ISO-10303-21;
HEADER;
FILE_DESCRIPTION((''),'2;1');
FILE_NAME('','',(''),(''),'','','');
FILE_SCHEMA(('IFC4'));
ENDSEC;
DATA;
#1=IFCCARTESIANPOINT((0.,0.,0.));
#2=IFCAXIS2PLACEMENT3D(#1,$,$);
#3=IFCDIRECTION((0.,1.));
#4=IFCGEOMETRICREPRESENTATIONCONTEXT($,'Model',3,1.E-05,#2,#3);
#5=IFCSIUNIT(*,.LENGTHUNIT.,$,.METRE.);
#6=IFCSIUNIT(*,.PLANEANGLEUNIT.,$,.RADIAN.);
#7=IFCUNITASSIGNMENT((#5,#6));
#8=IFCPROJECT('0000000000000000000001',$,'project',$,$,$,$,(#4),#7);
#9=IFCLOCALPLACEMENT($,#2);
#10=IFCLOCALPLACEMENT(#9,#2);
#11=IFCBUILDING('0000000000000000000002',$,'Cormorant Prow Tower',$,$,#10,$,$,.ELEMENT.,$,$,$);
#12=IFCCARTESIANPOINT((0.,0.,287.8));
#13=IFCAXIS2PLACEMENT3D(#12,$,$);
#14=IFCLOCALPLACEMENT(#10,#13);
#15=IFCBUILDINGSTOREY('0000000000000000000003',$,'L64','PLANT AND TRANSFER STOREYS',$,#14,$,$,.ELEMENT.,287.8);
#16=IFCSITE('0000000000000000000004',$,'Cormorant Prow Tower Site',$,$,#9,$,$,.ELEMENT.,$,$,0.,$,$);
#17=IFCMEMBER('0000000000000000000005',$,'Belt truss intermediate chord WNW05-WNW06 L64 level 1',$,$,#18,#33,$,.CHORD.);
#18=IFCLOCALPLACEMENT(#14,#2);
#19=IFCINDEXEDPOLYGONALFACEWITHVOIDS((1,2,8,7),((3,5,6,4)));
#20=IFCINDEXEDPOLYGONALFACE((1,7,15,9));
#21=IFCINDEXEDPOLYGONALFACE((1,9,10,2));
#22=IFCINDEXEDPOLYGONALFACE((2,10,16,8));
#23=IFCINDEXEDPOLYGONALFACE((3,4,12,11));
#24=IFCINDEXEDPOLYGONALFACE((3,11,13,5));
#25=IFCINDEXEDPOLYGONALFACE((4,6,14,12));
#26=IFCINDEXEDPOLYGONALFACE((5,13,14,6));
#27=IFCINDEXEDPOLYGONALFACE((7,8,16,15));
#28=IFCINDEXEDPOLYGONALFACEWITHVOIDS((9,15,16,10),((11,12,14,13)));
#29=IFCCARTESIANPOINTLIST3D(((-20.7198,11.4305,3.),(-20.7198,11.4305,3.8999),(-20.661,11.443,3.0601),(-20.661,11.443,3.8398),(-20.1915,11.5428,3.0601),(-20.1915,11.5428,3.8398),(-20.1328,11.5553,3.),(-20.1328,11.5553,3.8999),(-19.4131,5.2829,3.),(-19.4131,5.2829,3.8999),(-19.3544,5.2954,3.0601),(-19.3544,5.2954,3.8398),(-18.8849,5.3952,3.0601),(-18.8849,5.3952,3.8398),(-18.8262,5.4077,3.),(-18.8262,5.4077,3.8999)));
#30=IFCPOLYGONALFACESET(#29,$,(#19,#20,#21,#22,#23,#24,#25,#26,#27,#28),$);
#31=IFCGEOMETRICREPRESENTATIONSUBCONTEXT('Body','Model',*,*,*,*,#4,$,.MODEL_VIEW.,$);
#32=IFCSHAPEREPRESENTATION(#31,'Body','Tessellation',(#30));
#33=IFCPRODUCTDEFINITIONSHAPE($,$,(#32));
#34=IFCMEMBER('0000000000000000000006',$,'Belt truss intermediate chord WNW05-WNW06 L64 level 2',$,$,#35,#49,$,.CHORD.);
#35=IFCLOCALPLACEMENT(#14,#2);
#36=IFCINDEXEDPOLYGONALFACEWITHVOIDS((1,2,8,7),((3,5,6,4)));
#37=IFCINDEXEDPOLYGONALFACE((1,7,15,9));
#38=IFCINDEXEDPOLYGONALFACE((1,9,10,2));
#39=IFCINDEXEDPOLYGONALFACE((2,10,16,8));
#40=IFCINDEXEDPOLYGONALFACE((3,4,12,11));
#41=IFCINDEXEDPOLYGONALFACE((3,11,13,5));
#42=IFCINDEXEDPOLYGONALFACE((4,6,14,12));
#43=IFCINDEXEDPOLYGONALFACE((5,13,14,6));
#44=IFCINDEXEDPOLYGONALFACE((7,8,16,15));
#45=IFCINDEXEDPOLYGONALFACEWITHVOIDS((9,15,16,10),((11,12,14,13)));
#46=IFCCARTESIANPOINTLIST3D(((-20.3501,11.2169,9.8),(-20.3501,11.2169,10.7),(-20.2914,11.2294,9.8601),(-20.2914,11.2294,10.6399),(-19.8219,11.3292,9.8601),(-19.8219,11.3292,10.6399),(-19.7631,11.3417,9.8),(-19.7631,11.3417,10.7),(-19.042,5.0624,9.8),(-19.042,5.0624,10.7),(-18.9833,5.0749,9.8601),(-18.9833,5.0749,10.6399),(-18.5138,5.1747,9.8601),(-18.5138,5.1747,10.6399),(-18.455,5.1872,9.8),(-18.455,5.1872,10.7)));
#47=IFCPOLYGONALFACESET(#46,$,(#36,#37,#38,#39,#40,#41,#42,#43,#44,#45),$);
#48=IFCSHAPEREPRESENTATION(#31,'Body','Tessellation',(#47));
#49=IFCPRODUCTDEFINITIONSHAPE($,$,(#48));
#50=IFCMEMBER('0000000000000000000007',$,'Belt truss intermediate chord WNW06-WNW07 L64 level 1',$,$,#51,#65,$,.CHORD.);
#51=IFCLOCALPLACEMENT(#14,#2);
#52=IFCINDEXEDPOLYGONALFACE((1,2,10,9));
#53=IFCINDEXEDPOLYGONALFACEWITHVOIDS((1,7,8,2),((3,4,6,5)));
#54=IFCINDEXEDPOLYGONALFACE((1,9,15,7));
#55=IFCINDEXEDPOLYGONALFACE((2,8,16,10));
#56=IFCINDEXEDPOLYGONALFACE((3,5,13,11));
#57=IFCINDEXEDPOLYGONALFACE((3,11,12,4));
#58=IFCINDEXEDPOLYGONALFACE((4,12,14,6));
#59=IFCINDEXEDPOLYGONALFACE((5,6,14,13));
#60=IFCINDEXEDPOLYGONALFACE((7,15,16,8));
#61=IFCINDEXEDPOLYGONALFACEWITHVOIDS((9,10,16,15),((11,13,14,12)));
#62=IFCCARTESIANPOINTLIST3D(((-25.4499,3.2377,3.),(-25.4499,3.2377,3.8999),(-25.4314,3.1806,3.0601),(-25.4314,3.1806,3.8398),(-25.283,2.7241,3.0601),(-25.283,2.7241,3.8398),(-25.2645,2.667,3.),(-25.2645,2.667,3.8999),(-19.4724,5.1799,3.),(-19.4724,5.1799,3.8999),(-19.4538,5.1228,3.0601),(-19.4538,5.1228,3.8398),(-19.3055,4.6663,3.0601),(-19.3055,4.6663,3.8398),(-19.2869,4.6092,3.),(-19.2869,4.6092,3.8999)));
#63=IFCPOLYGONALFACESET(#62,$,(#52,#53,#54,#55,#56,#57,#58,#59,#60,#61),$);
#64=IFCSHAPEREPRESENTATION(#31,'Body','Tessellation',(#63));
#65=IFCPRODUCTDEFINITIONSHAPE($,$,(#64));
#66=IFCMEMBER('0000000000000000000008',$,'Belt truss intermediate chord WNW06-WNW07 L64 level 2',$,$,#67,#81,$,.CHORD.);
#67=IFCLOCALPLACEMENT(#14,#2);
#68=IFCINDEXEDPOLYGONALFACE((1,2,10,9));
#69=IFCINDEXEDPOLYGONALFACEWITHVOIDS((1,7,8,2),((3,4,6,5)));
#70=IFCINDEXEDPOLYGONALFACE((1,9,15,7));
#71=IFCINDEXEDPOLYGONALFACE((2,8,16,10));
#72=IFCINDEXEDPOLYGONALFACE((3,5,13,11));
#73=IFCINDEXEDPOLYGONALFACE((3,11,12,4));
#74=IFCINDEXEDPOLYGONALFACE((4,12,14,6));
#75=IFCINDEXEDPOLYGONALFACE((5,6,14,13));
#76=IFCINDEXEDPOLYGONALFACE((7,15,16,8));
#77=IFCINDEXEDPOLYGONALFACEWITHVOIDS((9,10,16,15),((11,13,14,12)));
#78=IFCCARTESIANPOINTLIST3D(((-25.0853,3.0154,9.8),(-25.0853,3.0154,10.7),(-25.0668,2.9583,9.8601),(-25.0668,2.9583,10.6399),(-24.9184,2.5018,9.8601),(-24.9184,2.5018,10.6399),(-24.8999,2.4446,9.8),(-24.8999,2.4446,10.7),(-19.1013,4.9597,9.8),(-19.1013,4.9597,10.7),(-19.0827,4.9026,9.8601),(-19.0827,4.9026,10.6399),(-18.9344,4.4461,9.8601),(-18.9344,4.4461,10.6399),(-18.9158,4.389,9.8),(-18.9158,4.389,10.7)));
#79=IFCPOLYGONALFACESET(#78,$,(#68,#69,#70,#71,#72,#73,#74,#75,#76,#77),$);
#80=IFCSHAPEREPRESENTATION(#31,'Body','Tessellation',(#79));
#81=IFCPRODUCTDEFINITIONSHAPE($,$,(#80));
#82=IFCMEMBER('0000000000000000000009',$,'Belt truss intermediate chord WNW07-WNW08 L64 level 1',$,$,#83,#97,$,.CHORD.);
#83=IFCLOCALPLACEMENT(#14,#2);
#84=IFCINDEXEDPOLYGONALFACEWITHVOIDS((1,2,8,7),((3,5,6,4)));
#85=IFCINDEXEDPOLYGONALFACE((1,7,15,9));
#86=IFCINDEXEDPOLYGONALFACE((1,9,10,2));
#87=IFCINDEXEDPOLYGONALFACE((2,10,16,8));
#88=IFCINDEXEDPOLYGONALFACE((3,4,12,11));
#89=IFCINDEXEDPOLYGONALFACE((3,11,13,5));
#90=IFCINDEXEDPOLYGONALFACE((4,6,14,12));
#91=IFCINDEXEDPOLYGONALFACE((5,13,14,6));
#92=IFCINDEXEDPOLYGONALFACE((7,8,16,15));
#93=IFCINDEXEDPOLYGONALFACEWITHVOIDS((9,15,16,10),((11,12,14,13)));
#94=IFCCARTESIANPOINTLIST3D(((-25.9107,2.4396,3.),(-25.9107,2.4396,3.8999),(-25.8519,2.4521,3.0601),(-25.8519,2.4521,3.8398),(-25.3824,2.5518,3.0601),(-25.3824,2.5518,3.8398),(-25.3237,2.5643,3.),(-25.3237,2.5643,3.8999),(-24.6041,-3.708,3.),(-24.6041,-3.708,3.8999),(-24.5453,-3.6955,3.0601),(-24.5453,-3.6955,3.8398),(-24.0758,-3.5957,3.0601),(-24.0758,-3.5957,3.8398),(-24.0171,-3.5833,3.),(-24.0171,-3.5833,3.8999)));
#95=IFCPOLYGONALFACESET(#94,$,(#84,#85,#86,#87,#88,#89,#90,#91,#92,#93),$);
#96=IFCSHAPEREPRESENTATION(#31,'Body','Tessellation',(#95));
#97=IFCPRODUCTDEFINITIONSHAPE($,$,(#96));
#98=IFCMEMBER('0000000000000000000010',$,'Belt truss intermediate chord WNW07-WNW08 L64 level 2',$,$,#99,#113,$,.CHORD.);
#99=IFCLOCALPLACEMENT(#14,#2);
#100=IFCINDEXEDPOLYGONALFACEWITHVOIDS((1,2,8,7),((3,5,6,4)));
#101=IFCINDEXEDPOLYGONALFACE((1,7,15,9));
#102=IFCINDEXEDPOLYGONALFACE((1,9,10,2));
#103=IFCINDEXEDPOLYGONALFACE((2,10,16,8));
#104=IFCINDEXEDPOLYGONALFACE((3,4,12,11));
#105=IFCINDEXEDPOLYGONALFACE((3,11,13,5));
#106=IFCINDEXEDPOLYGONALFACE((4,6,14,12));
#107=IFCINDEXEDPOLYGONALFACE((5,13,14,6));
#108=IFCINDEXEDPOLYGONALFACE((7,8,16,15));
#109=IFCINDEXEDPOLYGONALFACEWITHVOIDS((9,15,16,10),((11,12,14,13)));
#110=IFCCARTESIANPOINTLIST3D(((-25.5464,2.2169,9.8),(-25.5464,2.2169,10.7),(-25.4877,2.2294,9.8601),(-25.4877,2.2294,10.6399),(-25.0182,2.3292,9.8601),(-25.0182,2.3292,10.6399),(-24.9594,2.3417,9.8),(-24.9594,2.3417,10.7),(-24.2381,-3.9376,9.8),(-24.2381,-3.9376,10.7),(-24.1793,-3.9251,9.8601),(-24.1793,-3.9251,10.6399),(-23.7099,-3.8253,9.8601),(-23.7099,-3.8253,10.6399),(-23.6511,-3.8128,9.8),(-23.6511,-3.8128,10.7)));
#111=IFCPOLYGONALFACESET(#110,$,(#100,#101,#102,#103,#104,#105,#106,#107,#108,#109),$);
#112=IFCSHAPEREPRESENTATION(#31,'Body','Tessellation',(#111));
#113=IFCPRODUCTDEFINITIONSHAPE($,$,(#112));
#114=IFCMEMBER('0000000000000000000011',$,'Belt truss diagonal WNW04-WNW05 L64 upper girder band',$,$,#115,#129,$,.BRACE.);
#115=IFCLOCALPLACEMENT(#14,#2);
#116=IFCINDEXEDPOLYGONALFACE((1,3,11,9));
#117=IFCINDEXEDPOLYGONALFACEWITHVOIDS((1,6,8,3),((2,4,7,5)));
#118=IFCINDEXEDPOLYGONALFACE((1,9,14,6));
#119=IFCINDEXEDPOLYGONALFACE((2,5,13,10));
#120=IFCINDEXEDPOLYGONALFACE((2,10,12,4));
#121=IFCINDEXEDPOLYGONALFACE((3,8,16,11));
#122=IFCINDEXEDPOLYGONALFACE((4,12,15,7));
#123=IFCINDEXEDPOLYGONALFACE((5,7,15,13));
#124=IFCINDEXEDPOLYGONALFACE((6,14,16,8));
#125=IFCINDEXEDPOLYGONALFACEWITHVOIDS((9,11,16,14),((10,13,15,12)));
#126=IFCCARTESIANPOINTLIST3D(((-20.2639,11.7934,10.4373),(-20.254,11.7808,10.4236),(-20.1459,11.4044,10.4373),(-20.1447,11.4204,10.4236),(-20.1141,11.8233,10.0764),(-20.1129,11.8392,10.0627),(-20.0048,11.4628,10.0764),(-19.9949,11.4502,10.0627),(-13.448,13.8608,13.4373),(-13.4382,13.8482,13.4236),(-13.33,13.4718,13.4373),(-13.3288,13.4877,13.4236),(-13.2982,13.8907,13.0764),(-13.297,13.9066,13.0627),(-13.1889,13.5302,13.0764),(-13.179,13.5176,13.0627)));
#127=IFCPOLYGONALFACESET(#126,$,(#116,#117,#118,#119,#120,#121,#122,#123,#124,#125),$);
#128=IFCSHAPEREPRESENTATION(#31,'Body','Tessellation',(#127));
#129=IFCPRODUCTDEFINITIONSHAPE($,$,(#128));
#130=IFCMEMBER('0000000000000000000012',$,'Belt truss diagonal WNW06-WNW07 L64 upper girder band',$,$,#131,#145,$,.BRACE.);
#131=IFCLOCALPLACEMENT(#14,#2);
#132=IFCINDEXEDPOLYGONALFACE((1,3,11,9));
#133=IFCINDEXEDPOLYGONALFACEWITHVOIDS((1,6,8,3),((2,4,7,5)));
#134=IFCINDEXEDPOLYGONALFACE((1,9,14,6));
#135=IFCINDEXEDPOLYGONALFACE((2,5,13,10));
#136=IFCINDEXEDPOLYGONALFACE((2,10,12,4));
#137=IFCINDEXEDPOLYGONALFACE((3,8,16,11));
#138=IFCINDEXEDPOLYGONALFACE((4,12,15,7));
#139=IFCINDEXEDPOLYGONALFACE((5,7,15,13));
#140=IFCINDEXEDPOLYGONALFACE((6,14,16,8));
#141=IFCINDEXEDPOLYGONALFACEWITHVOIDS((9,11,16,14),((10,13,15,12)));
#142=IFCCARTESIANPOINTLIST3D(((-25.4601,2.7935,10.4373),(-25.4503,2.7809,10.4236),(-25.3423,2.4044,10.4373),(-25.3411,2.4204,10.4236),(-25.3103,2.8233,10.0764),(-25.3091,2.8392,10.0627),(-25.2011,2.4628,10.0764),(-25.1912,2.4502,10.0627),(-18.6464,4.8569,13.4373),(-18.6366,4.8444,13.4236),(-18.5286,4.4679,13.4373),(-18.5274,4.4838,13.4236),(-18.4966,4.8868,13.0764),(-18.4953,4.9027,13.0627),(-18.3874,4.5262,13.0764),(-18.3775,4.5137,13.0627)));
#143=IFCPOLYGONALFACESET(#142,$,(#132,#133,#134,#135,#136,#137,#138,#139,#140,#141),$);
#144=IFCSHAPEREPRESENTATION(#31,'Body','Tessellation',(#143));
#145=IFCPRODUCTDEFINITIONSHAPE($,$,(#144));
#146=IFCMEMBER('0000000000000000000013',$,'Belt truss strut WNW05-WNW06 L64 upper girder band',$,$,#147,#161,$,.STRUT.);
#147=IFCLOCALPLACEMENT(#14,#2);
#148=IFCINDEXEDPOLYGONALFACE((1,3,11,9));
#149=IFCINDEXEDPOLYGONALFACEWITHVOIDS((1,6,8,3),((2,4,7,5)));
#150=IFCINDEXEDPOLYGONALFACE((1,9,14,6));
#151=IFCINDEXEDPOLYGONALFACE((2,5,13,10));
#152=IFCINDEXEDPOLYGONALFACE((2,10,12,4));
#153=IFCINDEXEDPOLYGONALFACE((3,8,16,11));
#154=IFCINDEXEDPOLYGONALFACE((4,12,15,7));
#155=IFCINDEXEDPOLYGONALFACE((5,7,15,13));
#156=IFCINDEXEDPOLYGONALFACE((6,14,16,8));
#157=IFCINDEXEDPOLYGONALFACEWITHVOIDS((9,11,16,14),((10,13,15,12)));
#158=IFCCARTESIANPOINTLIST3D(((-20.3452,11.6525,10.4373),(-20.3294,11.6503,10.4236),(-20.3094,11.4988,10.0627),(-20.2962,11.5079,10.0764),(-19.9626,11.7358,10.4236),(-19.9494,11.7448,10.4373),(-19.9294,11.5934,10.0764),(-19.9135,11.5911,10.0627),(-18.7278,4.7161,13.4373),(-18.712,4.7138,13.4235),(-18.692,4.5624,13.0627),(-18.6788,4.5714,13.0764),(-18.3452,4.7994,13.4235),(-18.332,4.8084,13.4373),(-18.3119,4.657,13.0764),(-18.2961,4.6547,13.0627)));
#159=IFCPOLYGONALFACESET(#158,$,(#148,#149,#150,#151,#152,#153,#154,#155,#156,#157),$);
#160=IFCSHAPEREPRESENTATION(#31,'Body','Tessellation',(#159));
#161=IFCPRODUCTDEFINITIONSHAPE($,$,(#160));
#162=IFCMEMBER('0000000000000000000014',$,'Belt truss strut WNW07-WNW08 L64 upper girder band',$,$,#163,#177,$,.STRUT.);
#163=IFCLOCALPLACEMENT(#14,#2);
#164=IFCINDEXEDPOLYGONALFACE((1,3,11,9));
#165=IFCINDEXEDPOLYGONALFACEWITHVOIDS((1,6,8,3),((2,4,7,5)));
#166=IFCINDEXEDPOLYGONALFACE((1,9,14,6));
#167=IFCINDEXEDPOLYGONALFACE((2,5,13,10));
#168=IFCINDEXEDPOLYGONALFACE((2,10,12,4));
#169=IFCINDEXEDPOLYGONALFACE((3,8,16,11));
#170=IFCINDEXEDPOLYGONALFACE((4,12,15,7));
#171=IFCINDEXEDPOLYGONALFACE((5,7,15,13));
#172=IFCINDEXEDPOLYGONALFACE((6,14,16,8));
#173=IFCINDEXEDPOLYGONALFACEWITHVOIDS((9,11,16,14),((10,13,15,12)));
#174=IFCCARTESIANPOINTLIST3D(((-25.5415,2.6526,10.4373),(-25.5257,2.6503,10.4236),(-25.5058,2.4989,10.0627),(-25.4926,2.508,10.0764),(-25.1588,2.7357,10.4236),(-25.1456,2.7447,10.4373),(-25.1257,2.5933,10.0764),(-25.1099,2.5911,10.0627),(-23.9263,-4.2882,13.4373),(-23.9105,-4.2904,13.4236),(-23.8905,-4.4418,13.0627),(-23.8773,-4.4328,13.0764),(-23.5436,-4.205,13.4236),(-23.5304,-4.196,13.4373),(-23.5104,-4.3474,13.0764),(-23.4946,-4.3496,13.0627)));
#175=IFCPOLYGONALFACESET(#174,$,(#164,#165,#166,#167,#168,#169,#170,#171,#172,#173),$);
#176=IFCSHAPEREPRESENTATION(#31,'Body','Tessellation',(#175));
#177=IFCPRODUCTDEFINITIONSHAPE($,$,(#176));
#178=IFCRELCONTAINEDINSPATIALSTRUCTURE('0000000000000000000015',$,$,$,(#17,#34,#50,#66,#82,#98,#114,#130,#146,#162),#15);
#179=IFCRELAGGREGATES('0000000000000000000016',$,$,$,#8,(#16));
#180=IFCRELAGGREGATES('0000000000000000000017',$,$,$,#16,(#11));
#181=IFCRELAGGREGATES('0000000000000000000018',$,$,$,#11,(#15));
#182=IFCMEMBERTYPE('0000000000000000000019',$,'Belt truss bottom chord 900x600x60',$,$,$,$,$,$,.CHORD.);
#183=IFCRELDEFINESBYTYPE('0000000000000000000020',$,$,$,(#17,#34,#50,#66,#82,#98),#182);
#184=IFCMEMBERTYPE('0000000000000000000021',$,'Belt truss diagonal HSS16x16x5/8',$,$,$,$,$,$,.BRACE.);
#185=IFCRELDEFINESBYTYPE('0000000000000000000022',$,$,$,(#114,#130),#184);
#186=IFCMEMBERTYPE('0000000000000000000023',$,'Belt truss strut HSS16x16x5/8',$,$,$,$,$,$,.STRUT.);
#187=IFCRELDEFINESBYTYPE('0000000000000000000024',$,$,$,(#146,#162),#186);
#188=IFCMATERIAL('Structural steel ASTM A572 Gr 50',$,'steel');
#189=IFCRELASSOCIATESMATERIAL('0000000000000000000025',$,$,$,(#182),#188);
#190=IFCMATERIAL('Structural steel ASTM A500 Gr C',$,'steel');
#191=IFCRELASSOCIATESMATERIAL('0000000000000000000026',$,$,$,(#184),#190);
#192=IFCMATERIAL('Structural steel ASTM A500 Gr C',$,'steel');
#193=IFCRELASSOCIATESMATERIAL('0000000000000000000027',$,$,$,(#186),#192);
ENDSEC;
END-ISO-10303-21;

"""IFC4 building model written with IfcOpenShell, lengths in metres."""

from ifc_helpers import new_model, si_unit, direction, frame, origin, origin_2d, place, context, subcontext, project, spatial, hollow_rectangle, extrude, material, material_profile, profile_set, type_object, element, save


model = new_model("IFC4")

# Units and contexts
model_context = context("Model", 3, precision=1e-05, world=origin(), true_north=direction((0.0, 1.0)))
body_context = subcontext(model_context, "Body", "Model", "MODEL_VIEW")
ifc_project = project(units=[si_unit("LENGTHUNIT", "METRE"), si_unit("PLANEANGLEUNIT", "RADIAN")], contexts=[model_context])

# Site, building, storey
site_placement = place(None, origin())
site = spatial("IfcSite", under=ifc_project, at=site_placement, Name="Cormorant Prow Tower Site", CompositionType="ELEMENT", RefElevation=0.0)
building_placement = place(site_placement, origin())
building = spatial("IfcBuilding", under=site, at=building_placement, Name="Cormorant Prow Tower", CompositionType="ELEMENT")
storey_placement = place(building_placement, frame((0.0, 0.0, 287.8)))
storey = spatial("IfcBuildingStorey", under=building, at=storey_placement, Name="L64", Description="PLANT AND TRANSFER STOREYS", CompositionType="ELEMENT", Elevation=287.8)

# Members
ifc_material_1 = material(Name="Structural steel ASTM A572 Gr 50", Category="steel")
ifc_material_profile_1 = material_profile(ifc_material_1, hollow_rectangle(XDim=0.6001, YDim=0.8999, WallThickness=0.0601, at=origin_2d()), Name="Box 900x600x60")
ifc_profile_set_1 = profile_set([ifc_material_profile_1], Name="Structural steel ASTM A572 Gr 50")
member_type_1 = type_object("IfcMemberType", Name="Belt truss bottom chord 900x600x60", PredefinedType="CHORD", material=ifc_profile_set_1)
member_1_placement = place(storey_placement, frame((-20.4263, 11.4929, 3.45), z_axis=(0.207897, -0.978151, 0.0), x_axis=(0.978151, 0.207897, 0.0)))
element("IfcMember", 1, at=member_1_placement, inside=storey, type_object=member_type_1, Name="Belt truss intermediate chord WNW05-WNW06 L64 level 1", PredefinedType="CHORD", context=body_context, shape_type="SweptSolid", body=[
    extrude(hollow_rectangle(XDim=0.6001, YDim=0.8999, WallThickness=0.0601, at=origin_2d()), origin(), (0.0, 0.0, 1.0), 6.2849),
])
member_2_placement = place(storey_placement, frame((-20.0566, 11.2793, 10.25), z_axis=(0.207899, -0.97815, 0.0), x_axis=(0.97815, 0.207899, 0.0)))
element("IfcMember", 2, at=member_2_placement, inside=storey, type_object=member_type_1, Name="Belt truss intermediate chord WNW05-WNW06 L64 level 2", PredefinedType="CHORD", context=body_context, shape_type="SweptSolid", body=[
    extrude(hollow_rectangle(XDim=0.6001, YDim=0.8999, WallThickness=0.0601, at=origin_2d()), origin(), (0.0, 0.0, 1.0), 6.292),
])
member_3_placement = place(storey_placement, frame((-19.3796, 4.8945, 3.45), z_axis=(-0.95106, -0.309005, 0.0), x_axis=(0.309005, -0.95106, 0.0)))
element("IfcMember", 3, at=member_3_placement, inside=storey, type_object=member_type_1, Name="Belt truss intermediate chord WNW06-WNW07 L64 level 1", PredefinedType="CHORD", context=body_context, shape_type="SweptSolid", body=[
    extrude(hollow_rectangle(XDim=0.6001, YDim=0.8999, WallThickness=0.0601, at=origin_2d()), origin(), (0.0, 0.0, 1.0), 6.2852),
])
member_4_placement = place(storey_placement, frame((-19.0085, 4.6743, 10.25), z_axis=(-0.951058, -0.309013, 0.0), x_axis=(0.309013, -0.951058, 0.0)))
element("IfcMember", 4, at=member_4_placement, inside=storey, type_object=member_type_1, Name="Belt truss intermediate chord WNW06-WNW07 L64 level 2", PredefinedType="CHORD", context=body_context, shape_type="SweptSolid", body=[
    extrude(hollow_rectangle(XDim=0.6001, YDim=0.8999, WallThickness=0.0601, at=origin_2d()), origin(), (0.0, 0.0, 1.0), 6.292),
])
member_5_placement = place(storey_placement, frame((-25.6172, 2.502, 3.45), z_axis=(0.207897, -0.978151, 0.0), x_axis=(0.978151, 0.207897, 0.0)))
element("IfcMember", 5, at=member_5_placement, inside=storey, type_object=member_type_1, Name="Belt truss intermediate chord WNW07-WNW08 L64 level 1", PredefinedType="CHORD", context=body_context, shape_type="SweptSolid", body=[
    extrude(hollow_rectangle(XDim=0.6001, YDim=0.8999, WallThickness=0.0601, at=origin_2d()), origin(), (0.0, 0.0, 1.0), 6.2849),
])
member_6_placement = place(storey_placement, frame((-25.2529, 2.2793, 10.25), z_axis=(0.207936, -0.978142, 0.0), x_axis=(0.978142, 0.207936, 0.0)))
element("IfcMember", 6, at=member_6_placement, inside=storey, type_object=member_type_1, Name="Belt truss intermediate chord WNW07-WNW08 L64 level 2", PredefinedType="CHORD", context=body_context, shape_type="SweptSolid", body=[
    extrude(hollow_rectangle(XDim=0.6001, YDim=0.8999, WallThickness=0.0601, at=origin_2d()), origin(), (0.0, 0.0, 1.0), 6.292),
])
ifc_material_2 = material(Name="Structural steel ASTM A500 Gr C", Category="steel")
ifc_material_profile_2 = material_profile(ifc_material_2, hollow_rectangle(XDim=0.4065, YDim=0.4065, WallThickness=0.0149, at=origin_2d()), Name="HSS16x16x5/8")
ifc_profile_set_2 = profile_set([ifc_material_profile_2], Name="Structural steel ASTM A500 Gr C")
member_type_2 = type_object("IfcMemberType", Name="Belt truss diagonal HSS16x16x5/8", PredefinedType="BRACE", material=ifc_profile_set_2)
member_7_placement = place(storey_placement, frame((-20.1294, 11.6218, 10.25), z_axis=(0.881912, 0.267499, 0.38817), x_axis=(-0.290259, 0.956948, 0.0)))
element("IfcMember", 7, at=member_7_placement, inside=storey, type_object=member_type_2, Name="Belt truss diagonal WNW04-WNW05 L64 upper girder band", PredefinedType="BRACE", context=body_context, shape_type="SweptSolid", body=[
    extrude(hollow_rectangle(XDim=0.4065, YDim=0.4065, WallThickness=0.0149, at=origin_2d()), origin(), (0.0, 0.0, 1.0), 7.7285),
])
member_8_placement = place(storey_placement, frame((-25.3257, 2.6218, 10.25), z_axis=(0.881968, 0.267096, 0.38832), x_axis=(-0.289842, 0.957075, 0.0)))
element("IfcMember", 8, at=member_8_placement, inside=storey, type_object=member_type_2, Name="Belt truss diagonal WNW06-WNW07 L64 upper girder band", PredefinedType="BRACE", context=body_context, shape_type="SweptSolid", body=[
    extrude(hollow_rectangle(XDim=0.4065, YDim=0.4065, WallThickness=0.0149, at=origin_2d()), origin(), (0.0, 0.0, 1.0), 7.7256),
])
ifc_material_3 = material(Name="Structural steel ASTM A500 Gr C", Category="steel")
ifc_material_profile_3 = material_profile(ifc_material_3, hollow_rectangle(XDim=0.4065, YDim=0.4065, WallThickness=0.0149, at=origin_2d()), Name="HSS16x16x5/8")
ifc_profile_set_3 = profile_set([ifc_material_profile_3], Name="Structural steel ASTM A500 Gr C")
member_type_3 = type_object("IfcMemberType", Name="Belt truss strut HSS16x16x5/8", PredefinedType="STRUT", material=ifc_profile_set_3)
member_9_placement = place(storey_placement, frame((-20.1294, 11.6218, 10.25), z_axis=(0.209278, -0.897512, 0.388168), x_axis=(0.973875, 0.227084, 0.0)))
element("IfcMember", 9, at=member_9_placement, inside=storey, type_object=member_type_3, Name="Belt truss strut WNW05-WNW06 L64 upper girder band", PredefinedType="STRUT", context=body_context, shape_type="SweptSolid", body=[
    extrude(hollow_rectangle(XDim=0.4065, YDim=0.4065, WallThickness=0.0149, at=origin_2d()), origin(), (0.0, 0.0, 1.0), 7.7285),
])
member_10_placement = place(storey_placement, frame((-25.3257, 2.6218, 10.25), z_axis=(0.208906, -0.89767, 0.388004), x_axis=(0.973973, 0.226663, 0.0)))
element("IfcMember", 10, at=member_10_placement, inside=storey, type_object=member_type_3, Name="Belt truss strut WNW07-WNW08 L64 upper girder band", PredefinedType="STRUT", context=body_context, shape_type="SweptSolid", body=[
    extrude(hollow_rectangle(XDim=0.4065, YDim=0.4065, WallThickness=0.0149, at=origin_2d()), origin(), (0.0, 0.0, 1.0), 7.7319),
])

save(model, "model.ifc")
